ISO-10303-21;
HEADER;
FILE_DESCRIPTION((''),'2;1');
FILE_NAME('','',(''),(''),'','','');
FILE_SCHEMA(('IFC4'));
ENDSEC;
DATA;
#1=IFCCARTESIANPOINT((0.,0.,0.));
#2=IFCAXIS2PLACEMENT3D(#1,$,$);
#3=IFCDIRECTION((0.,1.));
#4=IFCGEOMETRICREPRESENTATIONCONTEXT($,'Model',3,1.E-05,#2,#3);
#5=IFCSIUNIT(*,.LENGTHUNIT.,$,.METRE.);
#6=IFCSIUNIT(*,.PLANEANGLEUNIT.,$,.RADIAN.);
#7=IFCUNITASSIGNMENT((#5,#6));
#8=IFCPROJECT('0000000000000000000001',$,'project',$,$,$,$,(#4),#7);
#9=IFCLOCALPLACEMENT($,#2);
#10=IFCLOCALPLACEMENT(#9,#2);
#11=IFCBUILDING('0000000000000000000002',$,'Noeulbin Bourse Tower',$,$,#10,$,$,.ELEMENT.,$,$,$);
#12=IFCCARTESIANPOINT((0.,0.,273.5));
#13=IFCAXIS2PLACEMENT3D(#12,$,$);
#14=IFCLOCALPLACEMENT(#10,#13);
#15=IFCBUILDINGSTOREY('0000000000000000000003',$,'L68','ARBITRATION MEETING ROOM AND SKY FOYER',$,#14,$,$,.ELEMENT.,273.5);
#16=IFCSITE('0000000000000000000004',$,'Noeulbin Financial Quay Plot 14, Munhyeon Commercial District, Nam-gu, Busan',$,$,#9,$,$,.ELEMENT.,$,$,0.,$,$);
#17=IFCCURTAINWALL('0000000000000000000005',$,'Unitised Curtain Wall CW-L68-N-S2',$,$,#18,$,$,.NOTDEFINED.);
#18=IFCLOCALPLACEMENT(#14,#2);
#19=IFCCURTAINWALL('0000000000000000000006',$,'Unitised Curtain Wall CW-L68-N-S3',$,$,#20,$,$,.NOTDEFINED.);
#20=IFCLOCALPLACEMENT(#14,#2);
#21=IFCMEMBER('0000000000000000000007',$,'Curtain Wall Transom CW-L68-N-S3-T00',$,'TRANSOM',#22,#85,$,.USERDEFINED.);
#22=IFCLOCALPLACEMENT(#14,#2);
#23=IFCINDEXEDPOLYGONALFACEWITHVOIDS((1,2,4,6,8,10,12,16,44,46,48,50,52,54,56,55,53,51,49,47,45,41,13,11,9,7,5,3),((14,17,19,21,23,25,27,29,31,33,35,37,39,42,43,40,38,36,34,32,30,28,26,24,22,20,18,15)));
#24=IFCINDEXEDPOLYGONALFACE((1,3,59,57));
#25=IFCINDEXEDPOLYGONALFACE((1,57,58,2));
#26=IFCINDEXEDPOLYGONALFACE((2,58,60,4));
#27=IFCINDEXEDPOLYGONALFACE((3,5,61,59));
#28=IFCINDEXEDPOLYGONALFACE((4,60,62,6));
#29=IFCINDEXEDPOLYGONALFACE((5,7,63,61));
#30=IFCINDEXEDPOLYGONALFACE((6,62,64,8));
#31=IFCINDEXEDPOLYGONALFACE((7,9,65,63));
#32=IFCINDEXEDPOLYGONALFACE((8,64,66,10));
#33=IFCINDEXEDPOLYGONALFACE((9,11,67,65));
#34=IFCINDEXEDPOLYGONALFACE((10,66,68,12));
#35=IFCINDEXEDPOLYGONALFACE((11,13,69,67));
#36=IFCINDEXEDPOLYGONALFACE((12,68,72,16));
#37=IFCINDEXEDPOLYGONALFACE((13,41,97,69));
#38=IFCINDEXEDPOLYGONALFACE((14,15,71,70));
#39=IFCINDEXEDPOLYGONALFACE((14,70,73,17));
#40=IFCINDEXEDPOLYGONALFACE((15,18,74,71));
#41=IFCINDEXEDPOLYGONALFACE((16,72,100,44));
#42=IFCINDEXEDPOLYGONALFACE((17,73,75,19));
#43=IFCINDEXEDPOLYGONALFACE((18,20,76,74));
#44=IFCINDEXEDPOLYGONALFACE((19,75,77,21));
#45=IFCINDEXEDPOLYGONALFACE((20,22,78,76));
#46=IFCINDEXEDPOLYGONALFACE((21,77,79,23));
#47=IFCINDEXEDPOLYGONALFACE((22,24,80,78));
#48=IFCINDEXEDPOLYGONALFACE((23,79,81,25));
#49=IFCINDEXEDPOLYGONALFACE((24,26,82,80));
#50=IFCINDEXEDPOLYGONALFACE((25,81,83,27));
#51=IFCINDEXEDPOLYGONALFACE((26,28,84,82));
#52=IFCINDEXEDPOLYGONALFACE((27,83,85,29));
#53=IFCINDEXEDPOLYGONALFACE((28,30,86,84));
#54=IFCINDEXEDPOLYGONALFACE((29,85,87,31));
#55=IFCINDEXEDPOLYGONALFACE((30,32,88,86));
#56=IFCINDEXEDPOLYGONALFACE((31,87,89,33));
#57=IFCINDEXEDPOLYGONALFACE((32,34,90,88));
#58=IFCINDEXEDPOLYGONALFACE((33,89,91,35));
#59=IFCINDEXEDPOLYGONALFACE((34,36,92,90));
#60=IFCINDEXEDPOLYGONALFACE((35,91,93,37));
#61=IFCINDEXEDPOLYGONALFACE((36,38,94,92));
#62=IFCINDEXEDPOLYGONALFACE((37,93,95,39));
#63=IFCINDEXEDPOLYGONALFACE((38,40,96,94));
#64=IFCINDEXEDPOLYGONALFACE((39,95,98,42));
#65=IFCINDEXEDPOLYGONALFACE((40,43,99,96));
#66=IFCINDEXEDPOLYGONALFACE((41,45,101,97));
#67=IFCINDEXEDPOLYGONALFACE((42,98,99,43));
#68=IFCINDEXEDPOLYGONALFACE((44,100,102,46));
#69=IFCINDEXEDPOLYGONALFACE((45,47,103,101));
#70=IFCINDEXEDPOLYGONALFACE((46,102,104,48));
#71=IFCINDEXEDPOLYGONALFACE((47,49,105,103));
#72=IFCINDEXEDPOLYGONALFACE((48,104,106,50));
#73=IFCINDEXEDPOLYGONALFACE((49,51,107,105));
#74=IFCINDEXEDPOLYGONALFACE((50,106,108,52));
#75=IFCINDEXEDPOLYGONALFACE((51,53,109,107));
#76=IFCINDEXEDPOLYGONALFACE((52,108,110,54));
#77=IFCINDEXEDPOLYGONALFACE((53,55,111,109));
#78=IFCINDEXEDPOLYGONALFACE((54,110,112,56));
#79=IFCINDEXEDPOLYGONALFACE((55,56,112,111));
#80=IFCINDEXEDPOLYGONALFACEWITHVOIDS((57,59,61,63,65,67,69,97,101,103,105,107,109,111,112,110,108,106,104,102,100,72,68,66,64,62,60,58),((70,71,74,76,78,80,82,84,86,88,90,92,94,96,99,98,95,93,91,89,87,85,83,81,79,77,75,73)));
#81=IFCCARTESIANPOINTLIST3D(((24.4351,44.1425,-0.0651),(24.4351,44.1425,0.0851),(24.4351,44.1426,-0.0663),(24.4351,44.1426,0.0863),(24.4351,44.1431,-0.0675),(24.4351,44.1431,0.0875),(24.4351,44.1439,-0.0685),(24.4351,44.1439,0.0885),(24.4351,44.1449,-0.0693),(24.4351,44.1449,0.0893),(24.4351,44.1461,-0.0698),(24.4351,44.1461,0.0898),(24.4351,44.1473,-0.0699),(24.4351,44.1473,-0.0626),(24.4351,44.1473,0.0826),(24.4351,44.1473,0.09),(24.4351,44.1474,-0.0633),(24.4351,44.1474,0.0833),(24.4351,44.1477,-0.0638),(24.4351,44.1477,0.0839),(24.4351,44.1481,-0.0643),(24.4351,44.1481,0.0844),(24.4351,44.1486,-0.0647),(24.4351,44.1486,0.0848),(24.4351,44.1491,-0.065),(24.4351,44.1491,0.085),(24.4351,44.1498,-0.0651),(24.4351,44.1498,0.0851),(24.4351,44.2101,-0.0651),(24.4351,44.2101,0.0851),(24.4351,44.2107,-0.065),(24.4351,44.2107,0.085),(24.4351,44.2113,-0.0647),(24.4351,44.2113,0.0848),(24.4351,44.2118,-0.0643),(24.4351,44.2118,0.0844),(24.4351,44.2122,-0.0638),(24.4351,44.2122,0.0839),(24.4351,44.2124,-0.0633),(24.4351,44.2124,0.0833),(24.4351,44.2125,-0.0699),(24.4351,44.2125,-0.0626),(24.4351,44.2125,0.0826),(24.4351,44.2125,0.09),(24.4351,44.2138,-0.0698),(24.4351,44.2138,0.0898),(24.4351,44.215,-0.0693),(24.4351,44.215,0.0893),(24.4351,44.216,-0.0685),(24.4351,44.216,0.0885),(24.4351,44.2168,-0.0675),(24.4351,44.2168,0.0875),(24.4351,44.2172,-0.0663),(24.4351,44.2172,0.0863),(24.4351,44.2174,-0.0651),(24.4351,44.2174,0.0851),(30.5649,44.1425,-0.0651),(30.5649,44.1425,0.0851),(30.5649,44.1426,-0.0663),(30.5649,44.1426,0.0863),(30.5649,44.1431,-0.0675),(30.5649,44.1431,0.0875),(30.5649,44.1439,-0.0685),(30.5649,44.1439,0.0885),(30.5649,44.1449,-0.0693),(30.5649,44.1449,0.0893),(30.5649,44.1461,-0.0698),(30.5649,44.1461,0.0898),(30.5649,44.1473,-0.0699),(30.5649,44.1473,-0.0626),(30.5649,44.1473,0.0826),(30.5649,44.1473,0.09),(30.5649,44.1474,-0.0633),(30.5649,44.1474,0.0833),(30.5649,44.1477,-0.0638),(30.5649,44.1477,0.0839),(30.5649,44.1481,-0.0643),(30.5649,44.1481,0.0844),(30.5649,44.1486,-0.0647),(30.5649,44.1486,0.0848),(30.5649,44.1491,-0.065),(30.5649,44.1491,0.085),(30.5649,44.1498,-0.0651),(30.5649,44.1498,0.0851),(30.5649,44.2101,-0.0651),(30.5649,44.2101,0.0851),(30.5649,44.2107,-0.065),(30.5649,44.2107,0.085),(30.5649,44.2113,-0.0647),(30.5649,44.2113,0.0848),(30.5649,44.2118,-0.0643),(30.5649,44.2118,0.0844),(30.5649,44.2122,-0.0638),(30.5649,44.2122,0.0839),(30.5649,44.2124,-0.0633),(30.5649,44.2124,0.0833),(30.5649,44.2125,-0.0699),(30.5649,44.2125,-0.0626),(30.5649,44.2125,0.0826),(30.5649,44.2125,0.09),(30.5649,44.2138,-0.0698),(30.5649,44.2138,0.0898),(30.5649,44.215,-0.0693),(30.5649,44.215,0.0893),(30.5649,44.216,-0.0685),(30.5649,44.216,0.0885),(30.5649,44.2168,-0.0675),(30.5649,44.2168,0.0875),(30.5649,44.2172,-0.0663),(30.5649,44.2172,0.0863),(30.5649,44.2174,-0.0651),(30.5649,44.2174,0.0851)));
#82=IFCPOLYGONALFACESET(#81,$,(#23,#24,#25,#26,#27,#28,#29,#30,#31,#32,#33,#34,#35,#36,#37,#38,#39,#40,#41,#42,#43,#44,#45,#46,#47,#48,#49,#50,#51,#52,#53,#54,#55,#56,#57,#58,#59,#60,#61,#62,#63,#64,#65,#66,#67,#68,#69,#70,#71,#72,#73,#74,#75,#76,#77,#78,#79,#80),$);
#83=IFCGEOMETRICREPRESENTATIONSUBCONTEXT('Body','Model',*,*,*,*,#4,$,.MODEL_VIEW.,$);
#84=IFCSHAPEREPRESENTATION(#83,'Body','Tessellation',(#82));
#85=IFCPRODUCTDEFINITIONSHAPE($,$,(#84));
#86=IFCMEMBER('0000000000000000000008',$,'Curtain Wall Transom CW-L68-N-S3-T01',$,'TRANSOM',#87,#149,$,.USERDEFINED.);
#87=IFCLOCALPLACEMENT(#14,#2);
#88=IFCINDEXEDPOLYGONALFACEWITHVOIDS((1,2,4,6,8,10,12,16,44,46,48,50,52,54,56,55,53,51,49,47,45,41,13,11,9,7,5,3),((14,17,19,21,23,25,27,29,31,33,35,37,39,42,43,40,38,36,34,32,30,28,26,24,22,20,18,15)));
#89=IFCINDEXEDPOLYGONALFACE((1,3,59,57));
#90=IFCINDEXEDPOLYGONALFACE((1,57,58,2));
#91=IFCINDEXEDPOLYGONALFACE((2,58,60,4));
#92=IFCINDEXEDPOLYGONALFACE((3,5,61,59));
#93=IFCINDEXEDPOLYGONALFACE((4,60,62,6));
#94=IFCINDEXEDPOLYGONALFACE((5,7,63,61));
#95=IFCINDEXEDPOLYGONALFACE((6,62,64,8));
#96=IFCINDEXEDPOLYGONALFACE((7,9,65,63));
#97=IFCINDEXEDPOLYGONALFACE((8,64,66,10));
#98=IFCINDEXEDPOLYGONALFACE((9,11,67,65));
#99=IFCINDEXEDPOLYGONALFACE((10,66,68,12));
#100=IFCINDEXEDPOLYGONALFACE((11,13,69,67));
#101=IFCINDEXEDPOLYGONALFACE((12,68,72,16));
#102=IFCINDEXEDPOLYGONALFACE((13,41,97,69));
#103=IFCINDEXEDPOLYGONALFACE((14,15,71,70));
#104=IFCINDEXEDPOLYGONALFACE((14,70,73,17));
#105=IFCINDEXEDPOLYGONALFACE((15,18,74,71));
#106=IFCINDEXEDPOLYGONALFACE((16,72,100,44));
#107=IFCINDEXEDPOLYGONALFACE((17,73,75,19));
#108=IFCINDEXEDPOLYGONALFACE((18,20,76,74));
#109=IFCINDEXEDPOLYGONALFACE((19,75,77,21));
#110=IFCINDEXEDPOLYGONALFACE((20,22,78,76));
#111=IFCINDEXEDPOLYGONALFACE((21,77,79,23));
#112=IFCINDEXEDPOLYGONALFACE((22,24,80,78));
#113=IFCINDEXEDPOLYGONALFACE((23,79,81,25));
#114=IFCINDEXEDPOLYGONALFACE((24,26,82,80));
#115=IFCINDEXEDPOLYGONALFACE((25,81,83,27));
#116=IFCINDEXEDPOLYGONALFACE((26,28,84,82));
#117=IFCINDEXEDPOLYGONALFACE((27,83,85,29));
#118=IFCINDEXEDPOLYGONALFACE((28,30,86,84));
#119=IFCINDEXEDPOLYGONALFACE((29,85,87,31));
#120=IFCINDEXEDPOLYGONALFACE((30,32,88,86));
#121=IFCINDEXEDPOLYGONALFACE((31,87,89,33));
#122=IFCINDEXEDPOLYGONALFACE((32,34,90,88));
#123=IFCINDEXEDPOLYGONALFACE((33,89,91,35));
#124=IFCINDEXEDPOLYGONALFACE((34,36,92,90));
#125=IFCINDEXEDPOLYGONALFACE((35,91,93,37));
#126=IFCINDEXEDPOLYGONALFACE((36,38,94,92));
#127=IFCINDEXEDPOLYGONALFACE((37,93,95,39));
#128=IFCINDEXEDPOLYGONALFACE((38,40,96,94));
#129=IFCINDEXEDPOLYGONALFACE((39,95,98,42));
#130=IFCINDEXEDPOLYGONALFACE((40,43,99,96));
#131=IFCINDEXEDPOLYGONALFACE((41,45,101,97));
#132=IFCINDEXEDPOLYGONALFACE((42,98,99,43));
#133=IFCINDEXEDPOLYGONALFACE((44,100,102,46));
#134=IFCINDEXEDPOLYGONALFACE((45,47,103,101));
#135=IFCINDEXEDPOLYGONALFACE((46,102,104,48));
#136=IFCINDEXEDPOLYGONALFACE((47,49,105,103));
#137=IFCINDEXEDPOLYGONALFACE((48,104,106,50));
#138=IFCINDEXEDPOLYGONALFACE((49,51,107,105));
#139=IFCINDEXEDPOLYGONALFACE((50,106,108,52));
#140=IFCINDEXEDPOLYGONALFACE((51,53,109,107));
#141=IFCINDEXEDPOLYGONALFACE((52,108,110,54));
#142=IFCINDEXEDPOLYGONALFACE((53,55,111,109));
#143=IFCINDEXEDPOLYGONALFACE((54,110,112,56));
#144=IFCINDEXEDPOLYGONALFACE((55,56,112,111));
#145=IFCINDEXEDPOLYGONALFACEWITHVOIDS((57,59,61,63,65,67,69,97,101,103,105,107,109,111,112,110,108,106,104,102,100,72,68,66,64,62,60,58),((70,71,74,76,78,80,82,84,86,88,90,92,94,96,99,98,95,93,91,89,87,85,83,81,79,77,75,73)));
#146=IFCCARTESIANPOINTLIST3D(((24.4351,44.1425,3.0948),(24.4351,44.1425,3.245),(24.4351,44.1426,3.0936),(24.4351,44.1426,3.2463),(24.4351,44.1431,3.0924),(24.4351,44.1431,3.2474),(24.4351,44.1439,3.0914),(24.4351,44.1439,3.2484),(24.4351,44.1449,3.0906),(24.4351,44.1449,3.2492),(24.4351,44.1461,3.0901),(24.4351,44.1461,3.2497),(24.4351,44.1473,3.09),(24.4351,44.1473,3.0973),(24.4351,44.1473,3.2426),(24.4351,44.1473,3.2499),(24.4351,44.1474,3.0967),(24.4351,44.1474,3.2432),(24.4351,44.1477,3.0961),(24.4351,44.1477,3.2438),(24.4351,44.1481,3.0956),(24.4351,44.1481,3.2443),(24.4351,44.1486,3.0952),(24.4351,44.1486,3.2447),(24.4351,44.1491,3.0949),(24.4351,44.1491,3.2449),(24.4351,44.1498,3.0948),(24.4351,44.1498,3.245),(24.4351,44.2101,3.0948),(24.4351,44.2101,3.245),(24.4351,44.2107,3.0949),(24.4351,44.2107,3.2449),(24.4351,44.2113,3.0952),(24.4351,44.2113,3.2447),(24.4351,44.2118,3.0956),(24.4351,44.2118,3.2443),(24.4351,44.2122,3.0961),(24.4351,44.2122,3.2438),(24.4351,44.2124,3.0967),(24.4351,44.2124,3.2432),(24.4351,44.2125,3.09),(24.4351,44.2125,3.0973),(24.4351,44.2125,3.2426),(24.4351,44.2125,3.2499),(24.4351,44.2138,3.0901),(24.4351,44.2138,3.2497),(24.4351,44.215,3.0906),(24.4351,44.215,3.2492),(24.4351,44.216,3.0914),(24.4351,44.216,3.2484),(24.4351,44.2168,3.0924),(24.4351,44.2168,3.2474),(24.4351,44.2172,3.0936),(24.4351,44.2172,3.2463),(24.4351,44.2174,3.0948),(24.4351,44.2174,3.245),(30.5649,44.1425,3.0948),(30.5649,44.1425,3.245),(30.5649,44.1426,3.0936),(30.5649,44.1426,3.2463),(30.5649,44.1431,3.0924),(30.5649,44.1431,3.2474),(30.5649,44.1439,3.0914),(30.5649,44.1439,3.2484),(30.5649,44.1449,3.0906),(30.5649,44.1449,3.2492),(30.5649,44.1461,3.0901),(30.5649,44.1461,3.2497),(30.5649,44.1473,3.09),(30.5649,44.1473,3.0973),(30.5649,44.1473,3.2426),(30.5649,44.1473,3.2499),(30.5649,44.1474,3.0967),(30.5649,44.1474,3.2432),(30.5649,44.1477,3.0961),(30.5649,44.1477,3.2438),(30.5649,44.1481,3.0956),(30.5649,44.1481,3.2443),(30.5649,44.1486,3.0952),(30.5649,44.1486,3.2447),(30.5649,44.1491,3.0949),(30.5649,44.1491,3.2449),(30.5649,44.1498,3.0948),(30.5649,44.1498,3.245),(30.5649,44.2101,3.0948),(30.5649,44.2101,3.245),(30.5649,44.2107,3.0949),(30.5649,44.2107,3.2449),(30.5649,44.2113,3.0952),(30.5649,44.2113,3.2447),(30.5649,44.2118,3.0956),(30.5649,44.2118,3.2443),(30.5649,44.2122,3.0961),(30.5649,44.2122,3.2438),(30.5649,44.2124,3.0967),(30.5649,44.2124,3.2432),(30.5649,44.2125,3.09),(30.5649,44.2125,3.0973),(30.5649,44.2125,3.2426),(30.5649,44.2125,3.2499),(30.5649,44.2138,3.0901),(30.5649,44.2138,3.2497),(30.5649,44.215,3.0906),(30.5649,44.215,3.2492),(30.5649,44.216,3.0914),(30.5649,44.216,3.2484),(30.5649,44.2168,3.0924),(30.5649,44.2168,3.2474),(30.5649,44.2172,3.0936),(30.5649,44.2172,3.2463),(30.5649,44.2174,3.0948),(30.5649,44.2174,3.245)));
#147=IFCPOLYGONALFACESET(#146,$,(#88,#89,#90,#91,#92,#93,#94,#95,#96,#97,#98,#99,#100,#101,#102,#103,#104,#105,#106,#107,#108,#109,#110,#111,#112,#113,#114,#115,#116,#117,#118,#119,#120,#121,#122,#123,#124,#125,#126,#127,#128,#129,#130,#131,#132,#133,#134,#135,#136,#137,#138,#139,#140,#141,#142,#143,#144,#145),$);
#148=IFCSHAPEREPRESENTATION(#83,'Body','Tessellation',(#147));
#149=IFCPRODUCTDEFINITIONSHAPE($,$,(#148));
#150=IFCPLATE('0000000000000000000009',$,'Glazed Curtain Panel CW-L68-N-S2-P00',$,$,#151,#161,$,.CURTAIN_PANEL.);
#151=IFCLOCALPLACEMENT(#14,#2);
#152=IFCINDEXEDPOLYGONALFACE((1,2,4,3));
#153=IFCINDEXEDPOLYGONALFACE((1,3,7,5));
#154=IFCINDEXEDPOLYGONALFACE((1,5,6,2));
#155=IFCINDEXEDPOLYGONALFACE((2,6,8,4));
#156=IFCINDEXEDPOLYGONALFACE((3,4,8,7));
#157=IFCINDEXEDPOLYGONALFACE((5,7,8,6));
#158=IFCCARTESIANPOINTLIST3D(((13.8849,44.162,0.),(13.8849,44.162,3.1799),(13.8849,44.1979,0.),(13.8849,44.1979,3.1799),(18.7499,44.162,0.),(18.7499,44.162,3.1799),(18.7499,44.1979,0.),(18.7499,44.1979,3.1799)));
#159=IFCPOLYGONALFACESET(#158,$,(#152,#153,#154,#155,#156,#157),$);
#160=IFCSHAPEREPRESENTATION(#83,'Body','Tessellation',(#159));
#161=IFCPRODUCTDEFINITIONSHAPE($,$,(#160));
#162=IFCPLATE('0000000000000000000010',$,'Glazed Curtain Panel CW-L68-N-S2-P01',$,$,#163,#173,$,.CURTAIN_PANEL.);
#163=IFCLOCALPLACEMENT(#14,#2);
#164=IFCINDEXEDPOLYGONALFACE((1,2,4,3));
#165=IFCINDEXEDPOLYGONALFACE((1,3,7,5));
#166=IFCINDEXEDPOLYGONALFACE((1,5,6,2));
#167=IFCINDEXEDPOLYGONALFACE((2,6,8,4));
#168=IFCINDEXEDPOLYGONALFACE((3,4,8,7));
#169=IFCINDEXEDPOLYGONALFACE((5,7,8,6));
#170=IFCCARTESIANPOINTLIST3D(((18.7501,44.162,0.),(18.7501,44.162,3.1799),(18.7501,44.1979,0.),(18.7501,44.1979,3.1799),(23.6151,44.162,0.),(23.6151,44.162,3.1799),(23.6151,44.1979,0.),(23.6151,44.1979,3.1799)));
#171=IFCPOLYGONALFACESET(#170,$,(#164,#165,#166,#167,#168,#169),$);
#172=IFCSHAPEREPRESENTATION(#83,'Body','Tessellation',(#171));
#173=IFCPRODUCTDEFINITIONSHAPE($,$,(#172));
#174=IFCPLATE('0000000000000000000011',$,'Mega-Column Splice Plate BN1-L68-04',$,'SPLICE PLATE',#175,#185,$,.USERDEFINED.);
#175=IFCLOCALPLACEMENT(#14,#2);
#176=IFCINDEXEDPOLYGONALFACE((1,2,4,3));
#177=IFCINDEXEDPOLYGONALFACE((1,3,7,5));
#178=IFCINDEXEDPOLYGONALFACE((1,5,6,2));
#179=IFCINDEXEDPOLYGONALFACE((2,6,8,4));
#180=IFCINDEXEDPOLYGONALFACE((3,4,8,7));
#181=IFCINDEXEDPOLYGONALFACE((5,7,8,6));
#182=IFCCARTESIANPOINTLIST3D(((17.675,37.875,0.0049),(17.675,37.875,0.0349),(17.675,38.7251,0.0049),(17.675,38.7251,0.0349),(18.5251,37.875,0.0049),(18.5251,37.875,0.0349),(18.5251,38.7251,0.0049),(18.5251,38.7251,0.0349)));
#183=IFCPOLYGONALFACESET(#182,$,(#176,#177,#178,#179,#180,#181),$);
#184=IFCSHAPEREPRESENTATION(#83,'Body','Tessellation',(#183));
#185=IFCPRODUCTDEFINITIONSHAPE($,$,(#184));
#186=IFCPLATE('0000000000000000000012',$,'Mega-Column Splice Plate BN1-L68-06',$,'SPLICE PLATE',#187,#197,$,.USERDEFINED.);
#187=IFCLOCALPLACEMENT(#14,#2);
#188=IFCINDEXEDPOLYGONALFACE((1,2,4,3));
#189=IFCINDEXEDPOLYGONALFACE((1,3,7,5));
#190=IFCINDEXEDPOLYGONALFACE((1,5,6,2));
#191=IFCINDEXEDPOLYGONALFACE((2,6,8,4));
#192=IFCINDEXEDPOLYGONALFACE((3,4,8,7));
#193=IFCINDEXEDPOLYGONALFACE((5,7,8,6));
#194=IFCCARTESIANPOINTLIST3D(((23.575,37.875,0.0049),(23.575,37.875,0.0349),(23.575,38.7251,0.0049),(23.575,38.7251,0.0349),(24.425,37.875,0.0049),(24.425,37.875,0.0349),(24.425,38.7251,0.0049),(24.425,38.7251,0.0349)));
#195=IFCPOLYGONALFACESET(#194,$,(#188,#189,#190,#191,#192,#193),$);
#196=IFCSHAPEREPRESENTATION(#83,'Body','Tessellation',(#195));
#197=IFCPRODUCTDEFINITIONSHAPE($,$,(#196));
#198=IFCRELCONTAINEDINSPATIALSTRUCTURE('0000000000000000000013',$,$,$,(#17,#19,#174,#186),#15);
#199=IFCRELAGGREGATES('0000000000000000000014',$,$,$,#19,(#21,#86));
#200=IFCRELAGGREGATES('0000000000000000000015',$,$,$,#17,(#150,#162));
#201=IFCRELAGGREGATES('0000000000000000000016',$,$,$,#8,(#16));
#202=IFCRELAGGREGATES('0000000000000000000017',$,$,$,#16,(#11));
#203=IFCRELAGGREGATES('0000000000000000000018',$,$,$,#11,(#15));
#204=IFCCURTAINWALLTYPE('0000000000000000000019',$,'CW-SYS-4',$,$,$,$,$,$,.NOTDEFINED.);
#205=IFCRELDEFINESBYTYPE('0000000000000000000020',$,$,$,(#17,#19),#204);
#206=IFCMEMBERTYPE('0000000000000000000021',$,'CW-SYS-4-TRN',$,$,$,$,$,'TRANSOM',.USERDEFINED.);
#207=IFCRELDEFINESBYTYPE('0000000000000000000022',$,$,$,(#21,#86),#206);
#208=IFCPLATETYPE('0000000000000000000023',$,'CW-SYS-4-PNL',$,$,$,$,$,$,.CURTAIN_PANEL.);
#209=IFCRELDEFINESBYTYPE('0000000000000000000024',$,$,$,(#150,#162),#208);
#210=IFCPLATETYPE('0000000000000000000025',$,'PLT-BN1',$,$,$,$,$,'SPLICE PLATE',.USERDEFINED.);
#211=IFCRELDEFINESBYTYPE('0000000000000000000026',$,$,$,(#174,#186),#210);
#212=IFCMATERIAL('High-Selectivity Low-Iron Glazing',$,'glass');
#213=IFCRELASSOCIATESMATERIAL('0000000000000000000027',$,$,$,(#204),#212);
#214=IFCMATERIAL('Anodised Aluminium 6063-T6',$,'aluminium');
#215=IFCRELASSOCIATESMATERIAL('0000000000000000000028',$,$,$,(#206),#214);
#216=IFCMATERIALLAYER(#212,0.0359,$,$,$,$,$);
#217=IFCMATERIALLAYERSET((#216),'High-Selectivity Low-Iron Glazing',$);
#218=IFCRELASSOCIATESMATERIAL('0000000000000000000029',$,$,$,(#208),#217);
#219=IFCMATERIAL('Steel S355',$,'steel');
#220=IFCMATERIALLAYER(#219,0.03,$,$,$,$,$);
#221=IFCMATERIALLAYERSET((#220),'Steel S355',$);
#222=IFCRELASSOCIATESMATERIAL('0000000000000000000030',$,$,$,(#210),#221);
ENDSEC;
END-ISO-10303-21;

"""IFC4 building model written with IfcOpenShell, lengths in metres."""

from ifc_helpers import new_model, si_unit, direction, frame, origin, origin_2d, place, context, subcontext, project, spatial, rectangle, hollow_rectangle, extrude, material, layer, layer_set, material_profile, profile_set, type_object, element, aggregate, save


model = new_model("IFC4")

# Units and contexts
model_context = context("Model", 3, precision=1e-05, world=origin(), true_north=direction((0.0, 1.0)))
body_context = subcontext(model_context, "Body", "Model", "MODEL_VIEW")
ifc_project = project(units=[si_unit("LENGTHUNIT", "METRE"), si_unit("PLANEANGLEUNIT", "RADIAN")], contexts=[model_context])

# Site, building, storey
site_placement = place(None, origin())
site = spatial("IfcSite", under=ifc_project, at=site_placement, Name="Noeulbin Financial Quay Plot 14, Munhyeon Commercial District, Nam-gu, Busan", CompositionType="ELEMENT", RefElevation=0.0)
building_placement = place(site_placement, origin())
building = spatial("IfcBuilding", under=site, at=building_placement, Name="Noeulbin Bourse Tower", CompositionType="ELEMENT")
storey_placement = place(building_placement, frame((0.0, 0.0, 273.5)))
storey = spatial("IfcBuildingStorey", under=building, at=storey_placement, Name="L68", Description="ARBITRATION MEETING ROOM AND SKY FOYER", CompositionType="ELEMENT", Elevation=273.5)

# Shared definitions
ifc_material_1 = material(Name="Steel S355", Category="steel")

# Curtain walls, members
ifc_material_2 = material(Name="High-Selectivity Low-Iron Glazing", Category="glass")
curtain_wall_type = type_object("IfcCurtainWallType", Name="CW-SYS-4", PredefinedType="NOTDEFINED", material=ifc_material_2)
curtain_wall_1_placement = place(storey_placement, origin())
curtain_wall_1 = element("IfcCurtainWall", 1, at=curtain_wall_1_placement, inside=storey, type_object=curtain_wall_type, Name="Unitised Curtain Wall CW-L68-N-S2", PredefinedType="NOTDEFINED")
ifc_material_3 = material(Name="Anodised Aluminium 6063-T6", Category="aluminium")
curtain_wall_2_placement = place(storey_placement, origin())
curtain_wall_2 = element("IfcCurtainWall", 2, at=curtain_wall_2_placement, inside=storey, type_object=curtain_wall_type, Name="Unitised Curtain Wall CW-L68-N-S3", PredefinedType="NOTDEFINED")
ifc_material_profile_1 = material_profile(ifc_material_3, hollow_rectangle(XDim=0.075, YDim=0.1599, WallThickness=0.0049, InnerFilletRadius=0.0024, OuterFilletRadius=0.0049, at=origin_2d()), Name="ALU-TRAN-75x160x5", Category="LoadBearing")
ifc_profile_set_1 = profile_set([ifc_material_profile_1], Name="Anodised Aluminium 6063-T6")
member_type_1 = type_object("IfcMemberType", Name="CW-SYS-4-TRN", ElementType="TRANSOM", PredefinedType="USERDEFINED", material=ifc_profile_set_1)
member_1_placement = place(storey_placement, frame((24.4351, 44.1799, 0.01), z_axis=(1.0, 0.0, 0.0), x_axis=(0.0, 1.0, 0.0)))
member_1 = element("IfcMember", 3, at=member_1_placement, type_object=member_type_1, Name="Curtain Wall Transom CW-L68-N-S3-T00", ObjectType="TRANSOM", PredefinedType="USERDEFINED", context=body_context, shape_type="SweptSolid", body=[
    extrude(hollow_rectangle(XDim=0.075, YDim=0.1599, WallThickness=0.0049, InnerFilletRadius=0.0024, OuterFilletRadius=0.0049, at=origin_2d()), origin(), (0.0, 0.0, 1.0), 6.1299),
])
member_2_placement = place(storey_placement, frame((24.4351, 44.1799, 3.1699), z_axis=(1.0, 0.0, 0.0), x_axis=(0.0, 1.0, 0.0)))
member_2 = element("IfcMember", 4, at=member_2_placement, type_object=member_type_1, Name="Curtain Wall Transom CW-L68-N-S3-T01", ObjectType="TRANSOM", PredefinedType="USERDEFINED", context=body_context, shape_type="SweptSolid", body=[
    extrude(hollow_rectangle(XDim=0.075, YDim=0.1599, WallThickness=0.0049, InnerFilletRadius=0.0024, OuterFilletRadius=0.0049, at=origin_2d()), origin(), (0.0, 0.0, 1.0), 6.1299),
])
aggregate(curtain_wall_2, [member_1, member_2])

# Plates
ifc_layer_1 = layer(ifc_material_2, 0.0359)
ifc_layer_set_1 = layer_set([ifc_layer_1], Name="High-Selectivity Low-Iron Glazing")
plate_type_1 = type_object("IfcPlateType", Name="CW-SYS-4-PNL", PredefinedType="CURTAIN_PANEL", material=ifc_layer_set_1)
plate_1_placement = place(storey_placement, frame((16.3174, 44.1799, 0.0), z_axis=(0.0, 0.0, 1.0), x_axis=(1.0, 0.0, 0.0)))
plate_1 = element("IfcPlate", 5, at=plate_1_placement, type_object=plate_type_1, Name="Glazed Curtain Panel CW-L68-N-S2-P00", PredefinedType="CURTAIN_PANEL", context=body_context, shape_type="SweptSolid", body=[
    extrude(rectangle(XDim=4.865, YDim=0.0359, at=origin_2d()), origin(), (0.0, 0.0, 1.0), 3.1799),
])
plate_2_placement = place(storey_placement, frame((21.1826, 44.1799, 0.0), z_axis=(0.0, 0.0, 1.0), x_axis=(1.0, 0.0, 0.0)))
plate_2 = element("IfcPlate", 6, at=plate_2_placement, type_object=plate_type_1, Name="Glazed Curtain Panel CW-L68-N-S2-P01", PredefinedType="CURTAIN_PANEL", context=body_context, shape_type="SweptSolid", body=[
    extrude(rectangle(XDim=4.865, YDim=0.0359, at=origin_2d()), origin(), (0.0, 0.0, 1.0), 3.1799),
])
aggregate(curtain_wall_1, [plate_1, plate_2])

# Plates
ifc_layer_2 = layer(ifc_material_1, 0.03)
ifc_layer_set_2 = layer_set([ifc_layer_2], Name="Steel S355")
plate_type_2 = type_object("IfcPlateType", Name="PLT-BN1", ElementType="SPLICE PLATE", PredefinedType="USERDEFINED", material=ifc_layer_set_2)
for number, where, z_axis, x_axis, name in (
    (7, (18.1001, 38.3, 0.0049), (0.0, 0.0, 1.0), (1.0, 0.0, 0.0), "Mega-Column Splice Plate BN1-L68-04"),
    (8, (24.0, 38.3, 0.0049), (0.0, 0.0, 1.0), (1.0, 0.0, 0.0), "Mega-Column Splice Plate BN1-L68-06"),
):
    element("IfcPlate", number, at=place(storey_placement, frame(where, z_axis=z_axis, x_axis=x_axis)), inside=storey, type_object=plate_type_2, Name=name, ObjectType="SPLICE PLATE", PredefinedType="USERDEFINED", context=body_context, shape_type="SweptSolid", body=[
        extrude(rectangle(XDim=0.8501, YDim=0.8501, at=origin_2d()), origin(), (0.0, 0.0, 1.0), 0.03),
    ])

save(model, "model.ifc")
